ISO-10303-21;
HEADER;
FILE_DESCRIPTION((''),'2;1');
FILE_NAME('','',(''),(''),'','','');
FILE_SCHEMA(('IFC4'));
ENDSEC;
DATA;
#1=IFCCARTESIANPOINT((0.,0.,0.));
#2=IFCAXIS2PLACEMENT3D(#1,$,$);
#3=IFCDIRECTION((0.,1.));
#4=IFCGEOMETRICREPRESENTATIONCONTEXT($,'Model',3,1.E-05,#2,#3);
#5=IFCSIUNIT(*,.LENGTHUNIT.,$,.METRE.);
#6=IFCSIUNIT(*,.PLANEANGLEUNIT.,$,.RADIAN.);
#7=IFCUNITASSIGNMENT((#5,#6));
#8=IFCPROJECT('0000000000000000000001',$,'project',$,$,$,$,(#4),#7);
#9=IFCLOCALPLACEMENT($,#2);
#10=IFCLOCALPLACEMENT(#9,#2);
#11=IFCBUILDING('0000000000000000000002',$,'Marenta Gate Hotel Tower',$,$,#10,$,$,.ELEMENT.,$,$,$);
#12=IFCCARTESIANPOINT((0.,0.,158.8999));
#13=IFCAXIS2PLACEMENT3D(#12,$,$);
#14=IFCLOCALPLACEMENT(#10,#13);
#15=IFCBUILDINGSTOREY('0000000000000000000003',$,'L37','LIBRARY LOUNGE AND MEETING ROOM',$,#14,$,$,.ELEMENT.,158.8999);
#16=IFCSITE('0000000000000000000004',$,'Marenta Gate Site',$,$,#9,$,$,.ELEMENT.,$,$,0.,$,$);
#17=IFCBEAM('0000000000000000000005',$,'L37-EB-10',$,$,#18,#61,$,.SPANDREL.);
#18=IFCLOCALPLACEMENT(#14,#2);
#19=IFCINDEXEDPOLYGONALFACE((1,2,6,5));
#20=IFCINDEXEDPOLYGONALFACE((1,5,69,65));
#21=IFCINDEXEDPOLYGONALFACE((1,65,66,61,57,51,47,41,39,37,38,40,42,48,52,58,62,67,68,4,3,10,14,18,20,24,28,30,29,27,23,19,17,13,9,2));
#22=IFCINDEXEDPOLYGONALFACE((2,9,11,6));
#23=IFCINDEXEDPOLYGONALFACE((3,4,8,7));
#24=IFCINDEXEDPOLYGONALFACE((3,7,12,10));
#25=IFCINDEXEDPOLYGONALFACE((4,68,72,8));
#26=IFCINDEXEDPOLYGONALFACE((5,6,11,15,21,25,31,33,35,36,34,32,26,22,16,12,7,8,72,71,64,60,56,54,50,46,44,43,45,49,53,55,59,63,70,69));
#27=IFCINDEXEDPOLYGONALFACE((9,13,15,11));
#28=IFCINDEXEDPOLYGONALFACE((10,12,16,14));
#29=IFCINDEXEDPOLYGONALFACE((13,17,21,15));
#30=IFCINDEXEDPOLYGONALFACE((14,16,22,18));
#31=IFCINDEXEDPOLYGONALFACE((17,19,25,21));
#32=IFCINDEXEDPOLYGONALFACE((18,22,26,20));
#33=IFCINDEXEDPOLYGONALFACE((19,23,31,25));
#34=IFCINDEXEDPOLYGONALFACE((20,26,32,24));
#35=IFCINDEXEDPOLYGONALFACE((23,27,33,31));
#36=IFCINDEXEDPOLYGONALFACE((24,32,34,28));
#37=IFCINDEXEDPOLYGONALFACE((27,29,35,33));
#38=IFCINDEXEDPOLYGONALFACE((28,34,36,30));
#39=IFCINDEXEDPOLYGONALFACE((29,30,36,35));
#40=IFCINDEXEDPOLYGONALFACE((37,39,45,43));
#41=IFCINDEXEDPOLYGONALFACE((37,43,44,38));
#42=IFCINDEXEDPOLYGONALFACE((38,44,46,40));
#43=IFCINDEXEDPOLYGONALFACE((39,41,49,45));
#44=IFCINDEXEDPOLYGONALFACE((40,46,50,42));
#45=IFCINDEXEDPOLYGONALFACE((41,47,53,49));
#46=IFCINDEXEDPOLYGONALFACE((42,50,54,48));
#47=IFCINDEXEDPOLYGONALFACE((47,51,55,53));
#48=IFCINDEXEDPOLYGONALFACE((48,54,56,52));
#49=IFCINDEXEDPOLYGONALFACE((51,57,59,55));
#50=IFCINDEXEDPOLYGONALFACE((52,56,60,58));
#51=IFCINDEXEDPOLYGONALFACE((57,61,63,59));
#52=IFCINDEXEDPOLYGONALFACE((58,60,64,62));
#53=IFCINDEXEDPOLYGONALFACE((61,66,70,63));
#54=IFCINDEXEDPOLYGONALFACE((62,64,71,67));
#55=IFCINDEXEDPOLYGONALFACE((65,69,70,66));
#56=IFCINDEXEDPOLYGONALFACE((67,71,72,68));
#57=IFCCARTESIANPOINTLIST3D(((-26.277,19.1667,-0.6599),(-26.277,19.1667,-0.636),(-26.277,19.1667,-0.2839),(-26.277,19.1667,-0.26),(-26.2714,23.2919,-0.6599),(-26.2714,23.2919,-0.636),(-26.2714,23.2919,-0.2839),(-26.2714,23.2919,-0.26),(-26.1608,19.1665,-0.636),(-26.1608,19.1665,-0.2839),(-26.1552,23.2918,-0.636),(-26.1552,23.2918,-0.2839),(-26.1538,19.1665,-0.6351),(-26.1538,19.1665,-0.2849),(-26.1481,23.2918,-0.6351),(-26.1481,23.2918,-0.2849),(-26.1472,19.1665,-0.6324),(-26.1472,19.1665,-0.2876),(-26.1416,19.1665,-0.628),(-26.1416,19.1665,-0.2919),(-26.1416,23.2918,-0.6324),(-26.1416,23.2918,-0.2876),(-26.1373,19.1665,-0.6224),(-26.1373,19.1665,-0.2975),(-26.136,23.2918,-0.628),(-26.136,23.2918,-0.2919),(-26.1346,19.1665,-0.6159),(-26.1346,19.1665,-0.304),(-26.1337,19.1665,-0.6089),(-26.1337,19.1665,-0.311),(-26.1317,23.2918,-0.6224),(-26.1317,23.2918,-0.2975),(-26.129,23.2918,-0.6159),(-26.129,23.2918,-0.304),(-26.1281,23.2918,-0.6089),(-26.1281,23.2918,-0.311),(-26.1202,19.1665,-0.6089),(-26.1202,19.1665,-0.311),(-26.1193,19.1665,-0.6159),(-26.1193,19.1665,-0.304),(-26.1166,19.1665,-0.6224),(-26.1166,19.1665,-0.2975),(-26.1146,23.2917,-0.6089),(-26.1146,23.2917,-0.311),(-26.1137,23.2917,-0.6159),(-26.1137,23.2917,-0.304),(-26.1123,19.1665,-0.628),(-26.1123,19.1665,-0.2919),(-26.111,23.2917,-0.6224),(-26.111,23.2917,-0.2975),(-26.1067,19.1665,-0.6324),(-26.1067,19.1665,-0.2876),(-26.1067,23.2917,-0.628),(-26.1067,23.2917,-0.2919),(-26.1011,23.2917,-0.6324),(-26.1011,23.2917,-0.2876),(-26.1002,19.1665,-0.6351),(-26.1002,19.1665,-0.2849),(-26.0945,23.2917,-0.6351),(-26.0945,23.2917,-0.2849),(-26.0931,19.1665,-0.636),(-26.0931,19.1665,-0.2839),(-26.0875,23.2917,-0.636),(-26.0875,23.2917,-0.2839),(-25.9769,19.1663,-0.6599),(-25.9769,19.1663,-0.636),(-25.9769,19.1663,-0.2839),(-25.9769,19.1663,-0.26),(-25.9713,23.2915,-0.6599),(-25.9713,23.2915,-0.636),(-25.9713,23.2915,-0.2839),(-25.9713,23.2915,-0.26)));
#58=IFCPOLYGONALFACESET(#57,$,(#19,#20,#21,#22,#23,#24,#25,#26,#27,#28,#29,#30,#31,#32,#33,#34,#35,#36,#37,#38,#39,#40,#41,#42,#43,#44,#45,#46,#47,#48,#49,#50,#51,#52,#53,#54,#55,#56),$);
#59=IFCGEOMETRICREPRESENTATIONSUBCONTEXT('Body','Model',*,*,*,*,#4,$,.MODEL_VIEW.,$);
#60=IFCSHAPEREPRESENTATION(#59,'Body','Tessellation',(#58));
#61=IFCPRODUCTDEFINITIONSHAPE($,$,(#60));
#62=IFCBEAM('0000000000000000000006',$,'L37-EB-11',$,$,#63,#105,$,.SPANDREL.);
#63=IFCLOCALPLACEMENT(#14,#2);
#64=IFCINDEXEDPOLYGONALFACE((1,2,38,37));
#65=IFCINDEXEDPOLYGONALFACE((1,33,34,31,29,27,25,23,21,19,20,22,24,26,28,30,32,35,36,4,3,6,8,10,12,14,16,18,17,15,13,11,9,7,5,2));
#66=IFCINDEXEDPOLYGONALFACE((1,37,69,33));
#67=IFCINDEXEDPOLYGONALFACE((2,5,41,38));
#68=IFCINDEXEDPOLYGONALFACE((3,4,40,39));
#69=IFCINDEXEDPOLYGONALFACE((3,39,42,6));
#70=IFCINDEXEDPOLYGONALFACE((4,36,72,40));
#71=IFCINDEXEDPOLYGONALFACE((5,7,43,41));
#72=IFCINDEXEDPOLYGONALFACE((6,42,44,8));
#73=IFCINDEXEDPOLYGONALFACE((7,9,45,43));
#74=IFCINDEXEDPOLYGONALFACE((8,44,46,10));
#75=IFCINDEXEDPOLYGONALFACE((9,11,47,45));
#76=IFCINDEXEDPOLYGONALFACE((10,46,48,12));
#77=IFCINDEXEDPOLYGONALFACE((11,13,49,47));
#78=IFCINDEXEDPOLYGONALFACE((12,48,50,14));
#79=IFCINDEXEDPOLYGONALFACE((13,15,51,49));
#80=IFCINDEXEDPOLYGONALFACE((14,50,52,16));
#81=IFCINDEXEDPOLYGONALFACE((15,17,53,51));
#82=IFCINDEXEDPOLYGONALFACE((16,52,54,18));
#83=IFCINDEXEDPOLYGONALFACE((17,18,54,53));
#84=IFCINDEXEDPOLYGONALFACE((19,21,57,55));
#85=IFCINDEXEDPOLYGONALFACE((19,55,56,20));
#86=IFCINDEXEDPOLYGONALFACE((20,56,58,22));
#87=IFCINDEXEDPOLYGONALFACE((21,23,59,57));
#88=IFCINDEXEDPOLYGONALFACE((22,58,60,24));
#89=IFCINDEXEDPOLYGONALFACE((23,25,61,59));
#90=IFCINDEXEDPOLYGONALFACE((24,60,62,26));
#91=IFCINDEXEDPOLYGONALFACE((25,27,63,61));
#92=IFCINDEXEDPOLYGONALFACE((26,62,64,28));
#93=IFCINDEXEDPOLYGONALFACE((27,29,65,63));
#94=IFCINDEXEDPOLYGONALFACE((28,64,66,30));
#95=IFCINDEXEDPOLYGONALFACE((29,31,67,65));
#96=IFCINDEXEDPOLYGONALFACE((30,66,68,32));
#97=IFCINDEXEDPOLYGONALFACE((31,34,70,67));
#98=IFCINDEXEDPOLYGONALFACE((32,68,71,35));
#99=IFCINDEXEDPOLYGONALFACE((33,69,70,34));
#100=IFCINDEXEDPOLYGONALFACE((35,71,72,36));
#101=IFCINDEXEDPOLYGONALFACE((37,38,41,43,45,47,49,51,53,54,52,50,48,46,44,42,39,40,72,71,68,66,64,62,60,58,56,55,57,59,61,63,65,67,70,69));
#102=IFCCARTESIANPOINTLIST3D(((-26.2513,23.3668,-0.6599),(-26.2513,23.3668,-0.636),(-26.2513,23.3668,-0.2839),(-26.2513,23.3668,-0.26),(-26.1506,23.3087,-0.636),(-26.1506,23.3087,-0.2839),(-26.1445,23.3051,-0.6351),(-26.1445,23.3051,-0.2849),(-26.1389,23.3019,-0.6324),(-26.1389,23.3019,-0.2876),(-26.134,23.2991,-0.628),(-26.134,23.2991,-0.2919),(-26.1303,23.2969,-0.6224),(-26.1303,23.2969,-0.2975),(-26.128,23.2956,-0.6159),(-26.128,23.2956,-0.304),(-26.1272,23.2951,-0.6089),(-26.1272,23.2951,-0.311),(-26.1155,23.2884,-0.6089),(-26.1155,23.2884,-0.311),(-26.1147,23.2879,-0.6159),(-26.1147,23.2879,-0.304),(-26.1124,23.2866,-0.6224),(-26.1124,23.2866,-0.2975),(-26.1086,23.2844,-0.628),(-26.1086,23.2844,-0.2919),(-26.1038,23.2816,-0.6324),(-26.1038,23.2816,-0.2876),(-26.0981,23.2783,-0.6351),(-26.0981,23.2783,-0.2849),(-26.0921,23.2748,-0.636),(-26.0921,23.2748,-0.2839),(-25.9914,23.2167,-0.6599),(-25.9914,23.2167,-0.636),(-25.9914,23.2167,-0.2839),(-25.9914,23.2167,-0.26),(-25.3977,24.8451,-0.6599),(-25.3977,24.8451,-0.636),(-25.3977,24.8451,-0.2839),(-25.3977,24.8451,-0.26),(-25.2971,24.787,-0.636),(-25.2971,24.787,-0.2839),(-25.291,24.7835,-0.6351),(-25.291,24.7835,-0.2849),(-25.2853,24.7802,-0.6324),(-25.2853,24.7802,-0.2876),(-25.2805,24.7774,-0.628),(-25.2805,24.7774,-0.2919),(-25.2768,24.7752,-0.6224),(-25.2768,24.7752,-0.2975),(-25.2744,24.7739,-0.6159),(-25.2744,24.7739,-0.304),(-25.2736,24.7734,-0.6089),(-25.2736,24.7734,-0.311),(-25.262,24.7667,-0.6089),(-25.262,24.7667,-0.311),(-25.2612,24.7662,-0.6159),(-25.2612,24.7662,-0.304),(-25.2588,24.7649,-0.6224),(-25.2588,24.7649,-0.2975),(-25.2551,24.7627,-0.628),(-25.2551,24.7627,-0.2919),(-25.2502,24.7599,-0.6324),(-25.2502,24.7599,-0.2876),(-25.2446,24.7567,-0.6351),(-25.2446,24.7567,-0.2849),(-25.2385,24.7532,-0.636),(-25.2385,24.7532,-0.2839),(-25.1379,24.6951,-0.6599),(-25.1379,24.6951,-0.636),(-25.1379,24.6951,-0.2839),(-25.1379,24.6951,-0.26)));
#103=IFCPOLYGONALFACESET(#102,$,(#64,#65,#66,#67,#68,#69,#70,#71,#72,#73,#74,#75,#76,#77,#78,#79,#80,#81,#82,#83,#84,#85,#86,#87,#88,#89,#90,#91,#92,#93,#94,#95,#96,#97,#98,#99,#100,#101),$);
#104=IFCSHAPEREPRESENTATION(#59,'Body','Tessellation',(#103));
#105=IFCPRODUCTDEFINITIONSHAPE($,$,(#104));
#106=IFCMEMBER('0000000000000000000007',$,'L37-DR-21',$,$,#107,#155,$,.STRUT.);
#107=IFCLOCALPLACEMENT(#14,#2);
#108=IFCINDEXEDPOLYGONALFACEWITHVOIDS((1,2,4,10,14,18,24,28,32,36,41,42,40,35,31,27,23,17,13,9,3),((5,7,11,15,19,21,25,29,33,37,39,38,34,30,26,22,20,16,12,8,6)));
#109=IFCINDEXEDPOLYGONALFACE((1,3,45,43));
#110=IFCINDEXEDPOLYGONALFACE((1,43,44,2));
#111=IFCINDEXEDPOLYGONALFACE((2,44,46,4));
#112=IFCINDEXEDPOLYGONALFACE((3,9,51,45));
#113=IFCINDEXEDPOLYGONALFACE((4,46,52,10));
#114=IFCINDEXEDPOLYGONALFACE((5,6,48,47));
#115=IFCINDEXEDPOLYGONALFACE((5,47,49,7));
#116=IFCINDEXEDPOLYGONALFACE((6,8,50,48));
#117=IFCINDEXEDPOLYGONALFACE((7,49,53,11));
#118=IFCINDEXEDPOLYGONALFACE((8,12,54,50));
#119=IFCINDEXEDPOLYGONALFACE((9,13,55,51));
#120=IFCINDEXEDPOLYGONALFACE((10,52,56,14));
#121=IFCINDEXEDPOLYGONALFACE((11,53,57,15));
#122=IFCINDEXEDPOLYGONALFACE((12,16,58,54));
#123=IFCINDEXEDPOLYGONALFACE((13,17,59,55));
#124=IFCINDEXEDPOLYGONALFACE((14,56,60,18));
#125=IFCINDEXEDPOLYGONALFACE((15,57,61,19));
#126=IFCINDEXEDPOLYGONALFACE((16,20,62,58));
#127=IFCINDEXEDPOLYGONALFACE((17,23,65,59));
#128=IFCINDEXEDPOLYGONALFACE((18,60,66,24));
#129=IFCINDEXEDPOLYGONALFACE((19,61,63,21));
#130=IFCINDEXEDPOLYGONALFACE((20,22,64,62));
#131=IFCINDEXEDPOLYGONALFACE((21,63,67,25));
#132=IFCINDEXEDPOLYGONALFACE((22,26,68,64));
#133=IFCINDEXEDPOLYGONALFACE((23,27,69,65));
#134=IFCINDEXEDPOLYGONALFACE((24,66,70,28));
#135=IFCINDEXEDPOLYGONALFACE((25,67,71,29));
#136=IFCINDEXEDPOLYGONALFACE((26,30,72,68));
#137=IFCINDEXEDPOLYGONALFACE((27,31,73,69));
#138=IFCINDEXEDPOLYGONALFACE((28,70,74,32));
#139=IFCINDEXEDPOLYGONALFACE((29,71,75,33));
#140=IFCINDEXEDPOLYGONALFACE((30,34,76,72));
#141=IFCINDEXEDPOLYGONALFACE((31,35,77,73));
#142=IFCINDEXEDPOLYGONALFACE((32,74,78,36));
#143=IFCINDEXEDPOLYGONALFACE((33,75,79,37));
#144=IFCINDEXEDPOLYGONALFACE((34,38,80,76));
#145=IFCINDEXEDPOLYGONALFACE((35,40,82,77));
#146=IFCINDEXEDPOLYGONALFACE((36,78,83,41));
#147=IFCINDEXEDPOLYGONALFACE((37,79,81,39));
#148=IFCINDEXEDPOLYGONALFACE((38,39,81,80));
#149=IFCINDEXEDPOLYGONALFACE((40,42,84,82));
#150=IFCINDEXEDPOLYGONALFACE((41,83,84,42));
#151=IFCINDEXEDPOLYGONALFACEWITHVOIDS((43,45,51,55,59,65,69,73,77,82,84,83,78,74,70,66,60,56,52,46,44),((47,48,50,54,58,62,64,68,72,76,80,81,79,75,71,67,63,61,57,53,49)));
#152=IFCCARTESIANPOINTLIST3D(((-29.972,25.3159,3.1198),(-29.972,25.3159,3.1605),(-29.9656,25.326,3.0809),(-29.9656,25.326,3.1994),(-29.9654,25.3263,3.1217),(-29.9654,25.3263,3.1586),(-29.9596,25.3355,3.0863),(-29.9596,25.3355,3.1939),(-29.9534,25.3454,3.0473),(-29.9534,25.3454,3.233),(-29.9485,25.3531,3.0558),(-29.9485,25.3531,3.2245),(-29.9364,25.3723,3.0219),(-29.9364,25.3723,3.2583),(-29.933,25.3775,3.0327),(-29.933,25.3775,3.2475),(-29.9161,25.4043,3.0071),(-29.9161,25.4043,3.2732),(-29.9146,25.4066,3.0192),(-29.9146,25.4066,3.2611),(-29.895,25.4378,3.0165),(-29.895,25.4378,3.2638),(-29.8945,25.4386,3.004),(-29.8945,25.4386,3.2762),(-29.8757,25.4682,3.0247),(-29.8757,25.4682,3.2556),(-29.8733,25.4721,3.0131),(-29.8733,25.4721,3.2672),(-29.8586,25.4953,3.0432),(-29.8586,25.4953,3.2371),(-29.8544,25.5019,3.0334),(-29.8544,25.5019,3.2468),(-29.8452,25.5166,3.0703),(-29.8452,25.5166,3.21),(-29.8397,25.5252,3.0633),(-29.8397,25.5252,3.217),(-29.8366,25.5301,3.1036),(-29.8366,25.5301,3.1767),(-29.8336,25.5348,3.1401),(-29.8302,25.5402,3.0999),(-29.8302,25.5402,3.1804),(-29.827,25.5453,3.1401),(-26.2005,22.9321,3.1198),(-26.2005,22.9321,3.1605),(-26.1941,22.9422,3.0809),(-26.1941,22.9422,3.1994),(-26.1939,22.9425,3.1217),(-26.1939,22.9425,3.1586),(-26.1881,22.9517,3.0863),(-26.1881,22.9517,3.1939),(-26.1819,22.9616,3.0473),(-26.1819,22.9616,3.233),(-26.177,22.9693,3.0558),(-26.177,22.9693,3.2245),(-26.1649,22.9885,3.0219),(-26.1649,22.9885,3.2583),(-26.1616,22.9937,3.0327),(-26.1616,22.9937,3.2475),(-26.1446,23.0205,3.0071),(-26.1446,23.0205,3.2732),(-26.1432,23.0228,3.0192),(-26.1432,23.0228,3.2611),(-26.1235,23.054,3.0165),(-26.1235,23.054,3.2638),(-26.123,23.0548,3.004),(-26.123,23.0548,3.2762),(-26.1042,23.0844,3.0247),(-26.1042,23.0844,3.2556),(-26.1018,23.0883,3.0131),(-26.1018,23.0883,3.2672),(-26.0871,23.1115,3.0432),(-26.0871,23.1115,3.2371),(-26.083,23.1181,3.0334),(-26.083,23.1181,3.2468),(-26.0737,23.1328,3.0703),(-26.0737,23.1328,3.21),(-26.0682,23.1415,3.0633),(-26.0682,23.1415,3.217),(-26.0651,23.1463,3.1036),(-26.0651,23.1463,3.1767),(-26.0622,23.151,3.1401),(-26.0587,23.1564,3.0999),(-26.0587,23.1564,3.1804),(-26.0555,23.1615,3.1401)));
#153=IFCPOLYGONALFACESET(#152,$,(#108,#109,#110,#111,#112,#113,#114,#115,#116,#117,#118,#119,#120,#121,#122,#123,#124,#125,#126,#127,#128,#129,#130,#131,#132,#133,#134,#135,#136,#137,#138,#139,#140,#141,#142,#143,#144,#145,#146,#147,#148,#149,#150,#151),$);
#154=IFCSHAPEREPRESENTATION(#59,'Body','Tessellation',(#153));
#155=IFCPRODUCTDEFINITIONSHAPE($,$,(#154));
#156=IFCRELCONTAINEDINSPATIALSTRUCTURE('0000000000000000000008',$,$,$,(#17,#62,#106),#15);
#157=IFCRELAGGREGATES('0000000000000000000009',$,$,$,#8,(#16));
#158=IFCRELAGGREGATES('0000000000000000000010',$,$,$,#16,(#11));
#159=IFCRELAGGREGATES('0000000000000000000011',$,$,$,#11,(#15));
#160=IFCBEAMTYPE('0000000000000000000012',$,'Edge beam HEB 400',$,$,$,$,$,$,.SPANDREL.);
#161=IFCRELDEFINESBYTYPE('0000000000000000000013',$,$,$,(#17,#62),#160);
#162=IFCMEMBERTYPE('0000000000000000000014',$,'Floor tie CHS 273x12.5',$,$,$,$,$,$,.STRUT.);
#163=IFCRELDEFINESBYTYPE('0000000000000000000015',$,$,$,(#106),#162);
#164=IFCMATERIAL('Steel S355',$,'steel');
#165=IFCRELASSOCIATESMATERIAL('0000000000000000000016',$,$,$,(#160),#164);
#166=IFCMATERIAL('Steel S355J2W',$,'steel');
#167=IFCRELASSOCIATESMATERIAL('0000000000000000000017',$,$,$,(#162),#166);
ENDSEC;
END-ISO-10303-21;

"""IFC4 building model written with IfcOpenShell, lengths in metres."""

from ifc_helpers import new_model, si_unit, direction, frame, origin, origin_2d, place, context, subcontext, project, spatial, hollow_circle, i_section, extrude, material, material_profile, profile_set, type_object, element, save


model = new_model("IFC4")

# Units and contexts
model_context = context("Model", 3, precision=1e-05, world=origin(), true_north=direction((0.0, 1.0)))
body_context = subcontext(model_context, "Body", "Model", "MODEL_VIEW")
ifc_project = project(units=[si_unit("LENGTHUNIT", "METRE"), si_unit("PLANEANGLEUNIT", "RADIAN")], contexts=[model_context])

# Site, building, storey
site_placement = place(None, origin())
site = spatial("IfcSite", under=ifc_project, at=site_placement, Name="Marenta Gate Site", CompositionType="ELEMENT", RefElevation=0.0)
building_placement = place(site_placement, origin())
building = spatial("IfcBuilding", under=site, at=building_placement, Name="Marenta Gate Hotel Tower", CompositionType="ELEMENT")
storey_placement = place(building_placement, frame((0.0, 0.0, 158.8999)))
storey = spatial("IfcBuildingStorey", under=building, at=storey_placement, Name="L37", Description="LIBRARY LOUNGE AND MEETING ROOM", CompositionType="ELEMENT", Elevation=158.8999)

# Beams
ifc_material_1 = material(Name="Steel S355", Category="steel")
ifc_material_profile_1 = material_profile(ifc_material_1, i_section(OverallWidth=0.3, OverallDepth=0.3999, WebThickness=0.0134, FlangeThickness=0.0239, FilletRadius=0.0271, at=origin_2d()), Name="HEB 400")
ifc_profile_set_1 = profile_set([ifc_material_profile_1], Name="Steel S355")
beam_type_1 = type_object("IfcBeamType", Name="Edge beam HEB 400", PredefinedType="SPANDREL", material=ifc_profile_set_1)
beam_1_placement = place(storey_placement, frame((-26.127, 19.1665, -0.46), z_axis=(0.001361, 0.999999, 0.0), x_axis=(-0.999999, 0.001361, 0.0)))
element("IfcBeam", 1, at=beam_1_placement, inside=storey, type_object=beam_type_1, Name="L37-EB-10", PredefinedType="SPANDREL", context=body_context, shape_type="SweptSolid", body=[
    extrude(i_section(OverallWidth=0.3, OverallDepth=0.3999, WebThickness=0.0134, FlangeThickness=0.0239, FilletRadius=0.0271, at=origin_2d()), origin(), (0.0, 0.0, 1.0), 4.1252),
])
beam_2_placement = place(storey_placement, frame((-26.1213, 23.2917, -0.46), z_axis=(0.500015, 0.866016, 0.0), x_axis=(-0.866016, 0.500015, 0.0)))
element("IfcBeam", 2, at=beam_2_placement, inside=storey, type_object=beam_type_1, Name="L37-EB-11", PredefinedType="SPANDREL", context=body_context, shape_type="SweptSolid", body=[
    extrude(i_section(OverallWidth=0.3, OverallDepth=0.3999, WebThickness=0.0134, FlangeThickness=0.0239, FilletRadius=0.0271, at=origin_2d()), origin(), (0.0, 0.0, 1.0), 1.707),
])

# Member
ifc_material_2 = material(Name="Steel S355J2W", Category="steel")
ifc_material_profile_2 = material_profile(ifc_material_2, hollow_circle(Radius=0.1365, WallThickness=0.0125, at=origin_2d()), Name="CHS 273x12.5")
ifc_profile_set_2 = profile_set([ifc_material_profile_2], Name="Steel S355J2W")
member_type_1 = type_object("IfcMemberType", Name="Floor tie CHS 273x12.5", PredefinedType="STRUT", material=ifc_profile_set_2)
member_1_placement = place(storey_placement, frame((-29.8999, 25.4299, 3.1401), z_axis=(0.845307, -0.534281, 0.0), x_axis=(0.534281, 0.845307, 0.0)))
element("IfcMember", 3, at=member_1_placement, inside=storey, type_object=member_type_1, Name="L37-DR-21", PredefinedType="STRUT", context=body_context, shape_type="SweptSolid", body=[
    extrude(hollow_circle(Radius=0.1365, WallThickness=0.0125, at=origin_2d()), origin(), (0.0, 0.0, 1.0), 4.4617),
])

save(model, "model.ifc")
